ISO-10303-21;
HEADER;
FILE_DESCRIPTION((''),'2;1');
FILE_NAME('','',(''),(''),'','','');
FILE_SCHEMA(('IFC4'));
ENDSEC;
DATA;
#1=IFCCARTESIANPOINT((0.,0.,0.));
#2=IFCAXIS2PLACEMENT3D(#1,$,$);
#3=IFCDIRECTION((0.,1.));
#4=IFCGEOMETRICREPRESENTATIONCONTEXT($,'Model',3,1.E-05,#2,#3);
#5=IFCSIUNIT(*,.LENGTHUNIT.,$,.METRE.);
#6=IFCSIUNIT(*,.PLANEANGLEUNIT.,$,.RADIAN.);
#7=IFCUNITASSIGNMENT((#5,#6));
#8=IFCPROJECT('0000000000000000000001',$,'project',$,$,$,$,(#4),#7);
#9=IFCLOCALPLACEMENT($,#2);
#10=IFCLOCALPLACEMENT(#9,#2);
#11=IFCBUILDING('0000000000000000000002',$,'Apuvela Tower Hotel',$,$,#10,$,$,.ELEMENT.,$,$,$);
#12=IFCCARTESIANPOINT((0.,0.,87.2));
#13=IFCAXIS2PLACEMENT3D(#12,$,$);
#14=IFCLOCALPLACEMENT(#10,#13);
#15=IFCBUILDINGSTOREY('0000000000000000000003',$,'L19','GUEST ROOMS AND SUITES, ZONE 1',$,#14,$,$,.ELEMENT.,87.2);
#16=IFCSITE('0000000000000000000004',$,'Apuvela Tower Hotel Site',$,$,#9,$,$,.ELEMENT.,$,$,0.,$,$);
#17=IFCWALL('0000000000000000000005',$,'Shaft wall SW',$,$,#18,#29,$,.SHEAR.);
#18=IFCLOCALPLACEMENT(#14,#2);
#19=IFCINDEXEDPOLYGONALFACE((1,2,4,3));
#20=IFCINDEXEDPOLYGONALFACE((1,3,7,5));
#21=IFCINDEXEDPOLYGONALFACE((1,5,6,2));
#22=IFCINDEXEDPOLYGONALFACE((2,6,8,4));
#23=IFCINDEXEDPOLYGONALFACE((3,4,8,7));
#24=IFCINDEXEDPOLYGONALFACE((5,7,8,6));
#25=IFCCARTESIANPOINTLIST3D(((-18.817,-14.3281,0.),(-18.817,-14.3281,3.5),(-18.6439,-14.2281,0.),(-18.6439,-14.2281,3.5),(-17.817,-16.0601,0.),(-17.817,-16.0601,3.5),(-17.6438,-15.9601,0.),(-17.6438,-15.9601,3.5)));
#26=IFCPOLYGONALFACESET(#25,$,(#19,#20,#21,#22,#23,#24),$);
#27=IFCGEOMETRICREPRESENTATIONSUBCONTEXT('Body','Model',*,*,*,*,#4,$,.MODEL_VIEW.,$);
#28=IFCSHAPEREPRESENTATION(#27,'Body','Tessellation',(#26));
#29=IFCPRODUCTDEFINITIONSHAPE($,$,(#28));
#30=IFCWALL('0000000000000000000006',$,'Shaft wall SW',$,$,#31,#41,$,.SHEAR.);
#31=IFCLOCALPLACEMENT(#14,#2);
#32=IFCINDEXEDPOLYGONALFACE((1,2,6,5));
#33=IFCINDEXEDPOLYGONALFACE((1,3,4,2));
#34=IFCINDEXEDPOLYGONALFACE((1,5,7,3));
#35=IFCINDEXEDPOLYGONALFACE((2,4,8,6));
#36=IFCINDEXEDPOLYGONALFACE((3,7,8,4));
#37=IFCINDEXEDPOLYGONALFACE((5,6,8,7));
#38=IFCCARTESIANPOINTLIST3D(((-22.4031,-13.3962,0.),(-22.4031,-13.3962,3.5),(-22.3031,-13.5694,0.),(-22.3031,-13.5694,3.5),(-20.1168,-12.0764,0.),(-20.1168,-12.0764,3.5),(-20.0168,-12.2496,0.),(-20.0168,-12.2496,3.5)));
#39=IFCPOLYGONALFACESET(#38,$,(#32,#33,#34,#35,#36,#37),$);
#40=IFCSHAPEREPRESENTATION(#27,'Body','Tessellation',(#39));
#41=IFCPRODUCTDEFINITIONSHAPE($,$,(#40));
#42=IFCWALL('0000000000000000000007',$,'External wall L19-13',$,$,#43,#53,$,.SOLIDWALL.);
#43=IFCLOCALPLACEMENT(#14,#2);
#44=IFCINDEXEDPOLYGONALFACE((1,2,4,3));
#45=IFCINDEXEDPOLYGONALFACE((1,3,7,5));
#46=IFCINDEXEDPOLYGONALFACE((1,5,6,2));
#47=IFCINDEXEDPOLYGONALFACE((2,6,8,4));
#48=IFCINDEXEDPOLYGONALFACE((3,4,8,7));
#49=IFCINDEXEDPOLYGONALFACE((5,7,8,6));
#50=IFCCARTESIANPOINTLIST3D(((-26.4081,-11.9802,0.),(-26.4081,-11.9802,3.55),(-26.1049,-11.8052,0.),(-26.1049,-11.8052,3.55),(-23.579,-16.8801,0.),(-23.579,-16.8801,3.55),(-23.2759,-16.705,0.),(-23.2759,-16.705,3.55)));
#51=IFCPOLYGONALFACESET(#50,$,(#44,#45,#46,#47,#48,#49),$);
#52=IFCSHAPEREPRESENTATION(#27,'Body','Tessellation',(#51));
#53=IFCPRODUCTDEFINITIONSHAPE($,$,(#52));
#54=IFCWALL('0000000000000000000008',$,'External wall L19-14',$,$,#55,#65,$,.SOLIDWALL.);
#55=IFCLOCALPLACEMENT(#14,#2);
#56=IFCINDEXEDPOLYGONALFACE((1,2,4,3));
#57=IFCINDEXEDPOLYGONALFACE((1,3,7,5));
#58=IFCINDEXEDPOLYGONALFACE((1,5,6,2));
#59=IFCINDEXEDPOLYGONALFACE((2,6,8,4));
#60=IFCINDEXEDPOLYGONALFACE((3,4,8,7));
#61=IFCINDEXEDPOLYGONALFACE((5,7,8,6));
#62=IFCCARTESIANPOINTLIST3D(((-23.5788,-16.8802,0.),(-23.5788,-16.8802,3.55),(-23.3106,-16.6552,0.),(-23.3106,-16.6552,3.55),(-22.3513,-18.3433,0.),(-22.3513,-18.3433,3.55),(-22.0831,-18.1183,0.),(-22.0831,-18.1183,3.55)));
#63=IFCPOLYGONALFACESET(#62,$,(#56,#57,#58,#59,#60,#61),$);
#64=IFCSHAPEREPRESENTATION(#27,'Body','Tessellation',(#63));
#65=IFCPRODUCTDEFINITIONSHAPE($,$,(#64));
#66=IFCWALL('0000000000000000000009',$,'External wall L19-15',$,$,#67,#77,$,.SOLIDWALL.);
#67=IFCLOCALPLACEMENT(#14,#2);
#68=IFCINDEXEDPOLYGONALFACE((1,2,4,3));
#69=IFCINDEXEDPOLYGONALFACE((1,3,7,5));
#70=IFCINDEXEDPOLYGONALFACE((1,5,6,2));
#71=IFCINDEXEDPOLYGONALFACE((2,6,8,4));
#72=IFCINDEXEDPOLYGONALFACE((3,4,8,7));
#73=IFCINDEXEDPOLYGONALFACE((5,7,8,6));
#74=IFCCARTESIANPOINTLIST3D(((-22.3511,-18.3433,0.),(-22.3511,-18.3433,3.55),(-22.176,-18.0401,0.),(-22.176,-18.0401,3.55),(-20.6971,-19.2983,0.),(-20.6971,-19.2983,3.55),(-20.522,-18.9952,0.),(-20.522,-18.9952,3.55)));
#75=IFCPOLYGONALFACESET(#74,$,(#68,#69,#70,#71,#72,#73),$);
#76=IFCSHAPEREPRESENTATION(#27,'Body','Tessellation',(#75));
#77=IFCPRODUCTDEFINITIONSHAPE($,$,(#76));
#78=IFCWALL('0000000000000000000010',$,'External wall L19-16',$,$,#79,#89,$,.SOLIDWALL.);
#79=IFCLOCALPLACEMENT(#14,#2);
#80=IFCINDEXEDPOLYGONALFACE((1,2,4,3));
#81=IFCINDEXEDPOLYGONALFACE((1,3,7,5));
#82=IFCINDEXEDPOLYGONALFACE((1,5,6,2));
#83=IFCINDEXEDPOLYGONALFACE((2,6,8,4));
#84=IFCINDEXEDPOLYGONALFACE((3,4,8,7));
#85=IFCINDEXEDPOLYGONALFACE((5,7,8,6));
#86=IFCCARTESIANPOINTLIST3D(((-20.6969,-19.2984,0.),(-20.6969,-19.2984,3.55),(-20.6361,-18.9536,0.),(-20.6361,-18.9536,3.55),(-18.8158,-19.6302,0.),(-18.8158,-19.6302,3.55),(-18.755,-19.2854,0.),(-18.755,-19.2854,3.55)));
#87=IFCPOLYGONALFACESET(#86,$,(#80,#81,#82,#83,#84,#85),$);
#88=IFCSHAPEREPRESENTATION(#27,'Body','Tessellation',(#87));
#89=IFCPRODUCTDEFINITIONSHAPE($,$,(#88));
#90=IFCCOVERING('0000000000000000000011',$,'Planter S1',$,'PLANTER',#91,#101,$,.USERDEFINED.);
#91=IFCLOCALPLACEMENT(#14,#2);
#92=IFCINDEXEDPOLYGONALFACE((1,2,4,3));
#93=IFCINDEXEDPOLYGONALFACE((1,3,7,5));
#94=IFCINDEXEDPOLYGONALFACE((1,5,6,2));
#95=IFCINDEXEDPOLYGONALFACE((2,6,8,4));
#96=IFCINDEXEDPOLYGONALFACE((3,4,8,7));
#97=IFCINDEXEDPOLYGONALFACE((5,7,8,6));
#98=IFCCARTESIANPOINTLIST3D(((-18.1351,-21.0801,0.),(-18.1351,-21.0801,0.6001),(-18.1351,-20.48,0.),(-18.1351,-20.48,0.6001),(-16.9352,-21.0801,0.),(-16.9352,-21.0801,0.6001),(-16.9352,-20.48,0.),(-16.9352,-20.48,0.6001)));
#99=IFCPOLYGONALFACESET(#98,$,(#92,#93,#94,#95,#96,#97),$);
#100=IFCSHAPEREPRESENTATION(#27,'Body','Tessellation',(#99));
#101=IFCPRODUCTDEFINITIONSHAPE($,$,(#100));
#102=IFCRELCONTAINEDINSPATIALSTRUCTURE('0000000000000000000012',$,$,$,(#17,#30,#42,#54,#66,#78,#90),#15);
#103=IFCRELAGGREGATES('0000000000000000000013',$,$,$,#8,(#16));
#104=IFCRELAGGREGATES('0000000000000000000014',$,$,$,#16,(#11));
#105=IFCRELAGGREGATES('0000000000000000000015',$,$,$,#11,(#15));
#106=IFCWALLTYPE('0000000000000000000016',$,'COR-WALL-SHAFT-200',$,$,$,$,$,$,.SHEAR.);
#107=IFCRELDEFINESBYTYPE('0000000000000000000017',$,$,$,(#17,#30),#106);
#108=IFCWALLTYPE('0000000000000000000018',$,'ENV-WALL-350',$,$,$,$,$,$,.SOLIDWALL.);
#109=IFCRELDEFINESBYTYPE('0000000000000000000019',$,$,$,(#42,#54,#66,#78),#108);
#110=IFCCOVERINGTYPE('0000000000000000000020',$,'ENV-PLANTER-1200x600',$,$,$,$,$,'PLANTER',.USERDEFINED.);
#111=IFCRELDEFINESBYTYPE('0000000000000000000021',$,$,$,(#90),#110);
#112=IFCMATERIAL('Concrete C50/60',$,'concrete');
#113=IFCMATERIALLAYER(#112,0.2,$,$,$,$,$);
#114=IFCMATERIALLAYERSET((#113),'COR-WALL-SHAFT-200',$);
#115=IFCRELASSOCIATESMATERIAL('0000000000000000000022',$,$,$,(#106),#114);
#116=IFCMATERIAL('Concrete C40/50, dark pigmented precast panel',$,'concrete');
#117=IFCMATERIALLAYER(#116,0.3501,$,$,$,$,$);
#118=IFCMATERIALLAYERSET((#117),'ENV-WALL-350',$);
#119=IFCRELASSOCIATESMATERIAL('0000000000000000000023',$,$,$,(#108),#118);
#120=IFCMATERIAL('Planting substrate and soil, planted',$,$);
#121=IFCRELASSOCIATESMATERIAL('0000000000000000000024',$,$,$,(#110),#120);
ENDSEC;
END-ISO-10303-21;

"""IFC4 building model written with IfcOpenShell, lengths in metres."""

from ifc_helpers import new_model, si_unit, direction, frame, frame_2d, origin, origin_2d, place, context, subcontext, project, spatial, rectangle, extrude, material, layer, layer_set, type_object, element, save


model = new_model("IFC4")

# Units and contexts
model_context = context("Model", 3, precision=1e-05, world=origin(), true_north=direction((0.0, 1.0)))
body_context = subcontext(model_context, "Body", "Model", "MODEL_VIEW")
ifc_project = project(units=[si_unit("LENGTHUNIT", "METRE"), si_unit("PLANEANGLEUNIT", "RADIAN")], contexts=[model_context])

# Site, building, storey
site_placement = place(None, origin())
site = spatial("IfcSite", under=ifc_project, at=site_placement, Name="Apuvela Tower Hotel Site", CompositionType="ELEMENT", RefElevation=0.0)
building_placement = place(site_placement, origin())
building = spatial("IfcBuilding", under=site, at=building_placement, Name="Apuvela Tower Hotel", CompositionType="ELEMENT")
storey_placement = place(building_placement, frame((0.0, 0.0, 87.2)))
storey = spatial("IfcBuildingStorey", under=building, at=storey_placement, Name="L19", Description="GUEST ROOMS AND SUITES, ZONE 1", CompositionType="ELEMENT", Elevation=87.2)

# Shared definitions
ifc_material_1 = material(Name="Concrete C50/60", Category="concrete")
ifc_layer_1 = layer(ifc_material_1, 0.2)
ifc_layer_set_1 = layer_set([ifc_layer_1], Name="COR-WALL-SHAFT-200")
wall_type_1 = type_object("IfcWallType", Name="COR-WALL-SHAFT-200", PredefinedType="SHEAR", material=ifc_layer_set_1)

# Walls
wall_1_placement = place(storey_placement, frame((-18.7305, -14.2781, 0.0), z_axis=(0.0, 0.0, 1.0), x_axis=(0.500025, -0.866011, 0.0)))
element("IfcWall", 1, at=wall_1_placement, inside=storey, type_object=wall_type_1, Name="Shaft wall SW", PredefinedType="SHEAR", context=body_context, shape_type="SweptSolid", body=[
    extrude(rectangle(XDim=2.0, YDim=0.2, at=frame_2d((1.0, 0.0))), origin(), (0.0, 0.0, 1.0), 3.5),
])
wall_2_placement = place(storey_placement, frame((-20.0669, -12.1631, 0.0), z_axis=(0.0, 0.0, 1.0), x_axis=(-0.866061, -0.499939, 0.0)))
element("IfcWall", 2, at=wall_2_placement, inside=storey, type_object=wall_type_1, Name="Shaft wall SW", PredefinedType="SHEAR", context=body_context, shape_type="SweptSolid", body=[
    extrude(rectangle(XDim=2.6399, YDim=0.2, at=frame_2d((1.3198, 0.0))), origin(), (0.0, 0.0, 1.0), 3.5),
])
ifc_material_2 = material(Name="Concrete C40/50, dark pigmented precast panel", Category="concrete")
ifc_layer_2 = layer(ifc_material_2, 0.3501)
ifc_layer_set_2 = layer_set([ifc_layer_2], Name="ENV-WALL-350")
wall_type_2 = type_object("IfcWallType", Name="ENV-WALL-350", PredefinedType="SOLIDWALL", material=ifc_layer_set_2)
wall_3_placement = place(storey_placement, frame((-26.2566, -11.8926, 0.0), z_axis=(0.0, 0.0, 1.0), x_axis=(0.500019, -0.866015, 0.0)))
element("IfcWall", 3, at=wall_3_placement, inside=storey, type_object=wall_type_2, Name="External wall L19-13", PredefinedType="SOLIDWALL", context=body_context, shape_type="SweptSolid", body=[
    extrude(rectangle(XDim=5.658, YDim=0.3501, at=frame_2d((2.8291, 0.0))), origin(), (0.0, 0.0, 1.0), 3.55),
])
for number, where, z_axis, x_axis, name in (
    (4, (-23.4448, -16.7676, 0.0), (0.0, 0.0, 1.0), (0.642733, -0.76609, 0.0), "External wall L19-14"),
    (5, (-22.2637, -18.1917, 0.0), (0.0, 0.0, 1.0), (0.866, -0.500043, 0.0), "External wall L19-15"),
):
    element("IfcWall", number, at=place(storey_placement, frame(where, z_axis=z_axis, x_axis=x_axis)), inside=storey, type_object=wall_type_2, Name=name, PredefinedType="SOLIDWALL", context=body_context, shape_type="SweptSolid", body=[
        extrude(rectangle(XDim=1.9099, YDim=0.3501, at=frame_2d((0.9551, 0.0))), origin(), (0.0, 0.0, 1.0), 3.55),
    ])
wall_4_placement = place(storey_placement, frame((-20.6665, -19.126, 0.0), z_axis=(0.0, 0.0, 1.0), x_axis=(0.984799, -0.173698, 0.0)))
element("IfcWall", 6, at=wall_4_placement, inside=storey, type_object=wall_type_2, Name="External wall L19-16", PredefinedType="SOLIDWALL", context=body_context, shape_type="SweptSolid", body=[
    extrude(rectangle(XDim=1.9102, YDim=0.3501, at=frame_2d((0.9551, 0.0))), origin(), (0.0, 0.0, 1.0), 3.55),
])

# Covering
ifc_material_3 = material(Name="Planting substrate and soil, planted")
covering_type = type_object("IfcCoveringType", Name="ENV-PLANTER-1200x600", ElementType="PLANTER", PredefinedType="USERDEFINED", material=ifc_material_3)
covering_placement = place(storey_placement, frame((-17.5352, -20.78, 0.0), z_axis=(0.0, 0.0, 1.0), x_axis=(1.0, 0.0, 0.0)))
element("IfcCovering", 7, at=covering_placement, inside=storey, type_object=covering_type, Name="Planter S1", ObjectType="PLANTER", PredefinedType="USERDEFINED", context=body_context, shape_type="SweptSolid", body=[
    extrude(rectangle(XDim=1.2, YDim=0.6001, at=origin_2d()), origin(), (0.0, 0.0, 1.0), 0.6001),
])

save(model, "model.ifc")
